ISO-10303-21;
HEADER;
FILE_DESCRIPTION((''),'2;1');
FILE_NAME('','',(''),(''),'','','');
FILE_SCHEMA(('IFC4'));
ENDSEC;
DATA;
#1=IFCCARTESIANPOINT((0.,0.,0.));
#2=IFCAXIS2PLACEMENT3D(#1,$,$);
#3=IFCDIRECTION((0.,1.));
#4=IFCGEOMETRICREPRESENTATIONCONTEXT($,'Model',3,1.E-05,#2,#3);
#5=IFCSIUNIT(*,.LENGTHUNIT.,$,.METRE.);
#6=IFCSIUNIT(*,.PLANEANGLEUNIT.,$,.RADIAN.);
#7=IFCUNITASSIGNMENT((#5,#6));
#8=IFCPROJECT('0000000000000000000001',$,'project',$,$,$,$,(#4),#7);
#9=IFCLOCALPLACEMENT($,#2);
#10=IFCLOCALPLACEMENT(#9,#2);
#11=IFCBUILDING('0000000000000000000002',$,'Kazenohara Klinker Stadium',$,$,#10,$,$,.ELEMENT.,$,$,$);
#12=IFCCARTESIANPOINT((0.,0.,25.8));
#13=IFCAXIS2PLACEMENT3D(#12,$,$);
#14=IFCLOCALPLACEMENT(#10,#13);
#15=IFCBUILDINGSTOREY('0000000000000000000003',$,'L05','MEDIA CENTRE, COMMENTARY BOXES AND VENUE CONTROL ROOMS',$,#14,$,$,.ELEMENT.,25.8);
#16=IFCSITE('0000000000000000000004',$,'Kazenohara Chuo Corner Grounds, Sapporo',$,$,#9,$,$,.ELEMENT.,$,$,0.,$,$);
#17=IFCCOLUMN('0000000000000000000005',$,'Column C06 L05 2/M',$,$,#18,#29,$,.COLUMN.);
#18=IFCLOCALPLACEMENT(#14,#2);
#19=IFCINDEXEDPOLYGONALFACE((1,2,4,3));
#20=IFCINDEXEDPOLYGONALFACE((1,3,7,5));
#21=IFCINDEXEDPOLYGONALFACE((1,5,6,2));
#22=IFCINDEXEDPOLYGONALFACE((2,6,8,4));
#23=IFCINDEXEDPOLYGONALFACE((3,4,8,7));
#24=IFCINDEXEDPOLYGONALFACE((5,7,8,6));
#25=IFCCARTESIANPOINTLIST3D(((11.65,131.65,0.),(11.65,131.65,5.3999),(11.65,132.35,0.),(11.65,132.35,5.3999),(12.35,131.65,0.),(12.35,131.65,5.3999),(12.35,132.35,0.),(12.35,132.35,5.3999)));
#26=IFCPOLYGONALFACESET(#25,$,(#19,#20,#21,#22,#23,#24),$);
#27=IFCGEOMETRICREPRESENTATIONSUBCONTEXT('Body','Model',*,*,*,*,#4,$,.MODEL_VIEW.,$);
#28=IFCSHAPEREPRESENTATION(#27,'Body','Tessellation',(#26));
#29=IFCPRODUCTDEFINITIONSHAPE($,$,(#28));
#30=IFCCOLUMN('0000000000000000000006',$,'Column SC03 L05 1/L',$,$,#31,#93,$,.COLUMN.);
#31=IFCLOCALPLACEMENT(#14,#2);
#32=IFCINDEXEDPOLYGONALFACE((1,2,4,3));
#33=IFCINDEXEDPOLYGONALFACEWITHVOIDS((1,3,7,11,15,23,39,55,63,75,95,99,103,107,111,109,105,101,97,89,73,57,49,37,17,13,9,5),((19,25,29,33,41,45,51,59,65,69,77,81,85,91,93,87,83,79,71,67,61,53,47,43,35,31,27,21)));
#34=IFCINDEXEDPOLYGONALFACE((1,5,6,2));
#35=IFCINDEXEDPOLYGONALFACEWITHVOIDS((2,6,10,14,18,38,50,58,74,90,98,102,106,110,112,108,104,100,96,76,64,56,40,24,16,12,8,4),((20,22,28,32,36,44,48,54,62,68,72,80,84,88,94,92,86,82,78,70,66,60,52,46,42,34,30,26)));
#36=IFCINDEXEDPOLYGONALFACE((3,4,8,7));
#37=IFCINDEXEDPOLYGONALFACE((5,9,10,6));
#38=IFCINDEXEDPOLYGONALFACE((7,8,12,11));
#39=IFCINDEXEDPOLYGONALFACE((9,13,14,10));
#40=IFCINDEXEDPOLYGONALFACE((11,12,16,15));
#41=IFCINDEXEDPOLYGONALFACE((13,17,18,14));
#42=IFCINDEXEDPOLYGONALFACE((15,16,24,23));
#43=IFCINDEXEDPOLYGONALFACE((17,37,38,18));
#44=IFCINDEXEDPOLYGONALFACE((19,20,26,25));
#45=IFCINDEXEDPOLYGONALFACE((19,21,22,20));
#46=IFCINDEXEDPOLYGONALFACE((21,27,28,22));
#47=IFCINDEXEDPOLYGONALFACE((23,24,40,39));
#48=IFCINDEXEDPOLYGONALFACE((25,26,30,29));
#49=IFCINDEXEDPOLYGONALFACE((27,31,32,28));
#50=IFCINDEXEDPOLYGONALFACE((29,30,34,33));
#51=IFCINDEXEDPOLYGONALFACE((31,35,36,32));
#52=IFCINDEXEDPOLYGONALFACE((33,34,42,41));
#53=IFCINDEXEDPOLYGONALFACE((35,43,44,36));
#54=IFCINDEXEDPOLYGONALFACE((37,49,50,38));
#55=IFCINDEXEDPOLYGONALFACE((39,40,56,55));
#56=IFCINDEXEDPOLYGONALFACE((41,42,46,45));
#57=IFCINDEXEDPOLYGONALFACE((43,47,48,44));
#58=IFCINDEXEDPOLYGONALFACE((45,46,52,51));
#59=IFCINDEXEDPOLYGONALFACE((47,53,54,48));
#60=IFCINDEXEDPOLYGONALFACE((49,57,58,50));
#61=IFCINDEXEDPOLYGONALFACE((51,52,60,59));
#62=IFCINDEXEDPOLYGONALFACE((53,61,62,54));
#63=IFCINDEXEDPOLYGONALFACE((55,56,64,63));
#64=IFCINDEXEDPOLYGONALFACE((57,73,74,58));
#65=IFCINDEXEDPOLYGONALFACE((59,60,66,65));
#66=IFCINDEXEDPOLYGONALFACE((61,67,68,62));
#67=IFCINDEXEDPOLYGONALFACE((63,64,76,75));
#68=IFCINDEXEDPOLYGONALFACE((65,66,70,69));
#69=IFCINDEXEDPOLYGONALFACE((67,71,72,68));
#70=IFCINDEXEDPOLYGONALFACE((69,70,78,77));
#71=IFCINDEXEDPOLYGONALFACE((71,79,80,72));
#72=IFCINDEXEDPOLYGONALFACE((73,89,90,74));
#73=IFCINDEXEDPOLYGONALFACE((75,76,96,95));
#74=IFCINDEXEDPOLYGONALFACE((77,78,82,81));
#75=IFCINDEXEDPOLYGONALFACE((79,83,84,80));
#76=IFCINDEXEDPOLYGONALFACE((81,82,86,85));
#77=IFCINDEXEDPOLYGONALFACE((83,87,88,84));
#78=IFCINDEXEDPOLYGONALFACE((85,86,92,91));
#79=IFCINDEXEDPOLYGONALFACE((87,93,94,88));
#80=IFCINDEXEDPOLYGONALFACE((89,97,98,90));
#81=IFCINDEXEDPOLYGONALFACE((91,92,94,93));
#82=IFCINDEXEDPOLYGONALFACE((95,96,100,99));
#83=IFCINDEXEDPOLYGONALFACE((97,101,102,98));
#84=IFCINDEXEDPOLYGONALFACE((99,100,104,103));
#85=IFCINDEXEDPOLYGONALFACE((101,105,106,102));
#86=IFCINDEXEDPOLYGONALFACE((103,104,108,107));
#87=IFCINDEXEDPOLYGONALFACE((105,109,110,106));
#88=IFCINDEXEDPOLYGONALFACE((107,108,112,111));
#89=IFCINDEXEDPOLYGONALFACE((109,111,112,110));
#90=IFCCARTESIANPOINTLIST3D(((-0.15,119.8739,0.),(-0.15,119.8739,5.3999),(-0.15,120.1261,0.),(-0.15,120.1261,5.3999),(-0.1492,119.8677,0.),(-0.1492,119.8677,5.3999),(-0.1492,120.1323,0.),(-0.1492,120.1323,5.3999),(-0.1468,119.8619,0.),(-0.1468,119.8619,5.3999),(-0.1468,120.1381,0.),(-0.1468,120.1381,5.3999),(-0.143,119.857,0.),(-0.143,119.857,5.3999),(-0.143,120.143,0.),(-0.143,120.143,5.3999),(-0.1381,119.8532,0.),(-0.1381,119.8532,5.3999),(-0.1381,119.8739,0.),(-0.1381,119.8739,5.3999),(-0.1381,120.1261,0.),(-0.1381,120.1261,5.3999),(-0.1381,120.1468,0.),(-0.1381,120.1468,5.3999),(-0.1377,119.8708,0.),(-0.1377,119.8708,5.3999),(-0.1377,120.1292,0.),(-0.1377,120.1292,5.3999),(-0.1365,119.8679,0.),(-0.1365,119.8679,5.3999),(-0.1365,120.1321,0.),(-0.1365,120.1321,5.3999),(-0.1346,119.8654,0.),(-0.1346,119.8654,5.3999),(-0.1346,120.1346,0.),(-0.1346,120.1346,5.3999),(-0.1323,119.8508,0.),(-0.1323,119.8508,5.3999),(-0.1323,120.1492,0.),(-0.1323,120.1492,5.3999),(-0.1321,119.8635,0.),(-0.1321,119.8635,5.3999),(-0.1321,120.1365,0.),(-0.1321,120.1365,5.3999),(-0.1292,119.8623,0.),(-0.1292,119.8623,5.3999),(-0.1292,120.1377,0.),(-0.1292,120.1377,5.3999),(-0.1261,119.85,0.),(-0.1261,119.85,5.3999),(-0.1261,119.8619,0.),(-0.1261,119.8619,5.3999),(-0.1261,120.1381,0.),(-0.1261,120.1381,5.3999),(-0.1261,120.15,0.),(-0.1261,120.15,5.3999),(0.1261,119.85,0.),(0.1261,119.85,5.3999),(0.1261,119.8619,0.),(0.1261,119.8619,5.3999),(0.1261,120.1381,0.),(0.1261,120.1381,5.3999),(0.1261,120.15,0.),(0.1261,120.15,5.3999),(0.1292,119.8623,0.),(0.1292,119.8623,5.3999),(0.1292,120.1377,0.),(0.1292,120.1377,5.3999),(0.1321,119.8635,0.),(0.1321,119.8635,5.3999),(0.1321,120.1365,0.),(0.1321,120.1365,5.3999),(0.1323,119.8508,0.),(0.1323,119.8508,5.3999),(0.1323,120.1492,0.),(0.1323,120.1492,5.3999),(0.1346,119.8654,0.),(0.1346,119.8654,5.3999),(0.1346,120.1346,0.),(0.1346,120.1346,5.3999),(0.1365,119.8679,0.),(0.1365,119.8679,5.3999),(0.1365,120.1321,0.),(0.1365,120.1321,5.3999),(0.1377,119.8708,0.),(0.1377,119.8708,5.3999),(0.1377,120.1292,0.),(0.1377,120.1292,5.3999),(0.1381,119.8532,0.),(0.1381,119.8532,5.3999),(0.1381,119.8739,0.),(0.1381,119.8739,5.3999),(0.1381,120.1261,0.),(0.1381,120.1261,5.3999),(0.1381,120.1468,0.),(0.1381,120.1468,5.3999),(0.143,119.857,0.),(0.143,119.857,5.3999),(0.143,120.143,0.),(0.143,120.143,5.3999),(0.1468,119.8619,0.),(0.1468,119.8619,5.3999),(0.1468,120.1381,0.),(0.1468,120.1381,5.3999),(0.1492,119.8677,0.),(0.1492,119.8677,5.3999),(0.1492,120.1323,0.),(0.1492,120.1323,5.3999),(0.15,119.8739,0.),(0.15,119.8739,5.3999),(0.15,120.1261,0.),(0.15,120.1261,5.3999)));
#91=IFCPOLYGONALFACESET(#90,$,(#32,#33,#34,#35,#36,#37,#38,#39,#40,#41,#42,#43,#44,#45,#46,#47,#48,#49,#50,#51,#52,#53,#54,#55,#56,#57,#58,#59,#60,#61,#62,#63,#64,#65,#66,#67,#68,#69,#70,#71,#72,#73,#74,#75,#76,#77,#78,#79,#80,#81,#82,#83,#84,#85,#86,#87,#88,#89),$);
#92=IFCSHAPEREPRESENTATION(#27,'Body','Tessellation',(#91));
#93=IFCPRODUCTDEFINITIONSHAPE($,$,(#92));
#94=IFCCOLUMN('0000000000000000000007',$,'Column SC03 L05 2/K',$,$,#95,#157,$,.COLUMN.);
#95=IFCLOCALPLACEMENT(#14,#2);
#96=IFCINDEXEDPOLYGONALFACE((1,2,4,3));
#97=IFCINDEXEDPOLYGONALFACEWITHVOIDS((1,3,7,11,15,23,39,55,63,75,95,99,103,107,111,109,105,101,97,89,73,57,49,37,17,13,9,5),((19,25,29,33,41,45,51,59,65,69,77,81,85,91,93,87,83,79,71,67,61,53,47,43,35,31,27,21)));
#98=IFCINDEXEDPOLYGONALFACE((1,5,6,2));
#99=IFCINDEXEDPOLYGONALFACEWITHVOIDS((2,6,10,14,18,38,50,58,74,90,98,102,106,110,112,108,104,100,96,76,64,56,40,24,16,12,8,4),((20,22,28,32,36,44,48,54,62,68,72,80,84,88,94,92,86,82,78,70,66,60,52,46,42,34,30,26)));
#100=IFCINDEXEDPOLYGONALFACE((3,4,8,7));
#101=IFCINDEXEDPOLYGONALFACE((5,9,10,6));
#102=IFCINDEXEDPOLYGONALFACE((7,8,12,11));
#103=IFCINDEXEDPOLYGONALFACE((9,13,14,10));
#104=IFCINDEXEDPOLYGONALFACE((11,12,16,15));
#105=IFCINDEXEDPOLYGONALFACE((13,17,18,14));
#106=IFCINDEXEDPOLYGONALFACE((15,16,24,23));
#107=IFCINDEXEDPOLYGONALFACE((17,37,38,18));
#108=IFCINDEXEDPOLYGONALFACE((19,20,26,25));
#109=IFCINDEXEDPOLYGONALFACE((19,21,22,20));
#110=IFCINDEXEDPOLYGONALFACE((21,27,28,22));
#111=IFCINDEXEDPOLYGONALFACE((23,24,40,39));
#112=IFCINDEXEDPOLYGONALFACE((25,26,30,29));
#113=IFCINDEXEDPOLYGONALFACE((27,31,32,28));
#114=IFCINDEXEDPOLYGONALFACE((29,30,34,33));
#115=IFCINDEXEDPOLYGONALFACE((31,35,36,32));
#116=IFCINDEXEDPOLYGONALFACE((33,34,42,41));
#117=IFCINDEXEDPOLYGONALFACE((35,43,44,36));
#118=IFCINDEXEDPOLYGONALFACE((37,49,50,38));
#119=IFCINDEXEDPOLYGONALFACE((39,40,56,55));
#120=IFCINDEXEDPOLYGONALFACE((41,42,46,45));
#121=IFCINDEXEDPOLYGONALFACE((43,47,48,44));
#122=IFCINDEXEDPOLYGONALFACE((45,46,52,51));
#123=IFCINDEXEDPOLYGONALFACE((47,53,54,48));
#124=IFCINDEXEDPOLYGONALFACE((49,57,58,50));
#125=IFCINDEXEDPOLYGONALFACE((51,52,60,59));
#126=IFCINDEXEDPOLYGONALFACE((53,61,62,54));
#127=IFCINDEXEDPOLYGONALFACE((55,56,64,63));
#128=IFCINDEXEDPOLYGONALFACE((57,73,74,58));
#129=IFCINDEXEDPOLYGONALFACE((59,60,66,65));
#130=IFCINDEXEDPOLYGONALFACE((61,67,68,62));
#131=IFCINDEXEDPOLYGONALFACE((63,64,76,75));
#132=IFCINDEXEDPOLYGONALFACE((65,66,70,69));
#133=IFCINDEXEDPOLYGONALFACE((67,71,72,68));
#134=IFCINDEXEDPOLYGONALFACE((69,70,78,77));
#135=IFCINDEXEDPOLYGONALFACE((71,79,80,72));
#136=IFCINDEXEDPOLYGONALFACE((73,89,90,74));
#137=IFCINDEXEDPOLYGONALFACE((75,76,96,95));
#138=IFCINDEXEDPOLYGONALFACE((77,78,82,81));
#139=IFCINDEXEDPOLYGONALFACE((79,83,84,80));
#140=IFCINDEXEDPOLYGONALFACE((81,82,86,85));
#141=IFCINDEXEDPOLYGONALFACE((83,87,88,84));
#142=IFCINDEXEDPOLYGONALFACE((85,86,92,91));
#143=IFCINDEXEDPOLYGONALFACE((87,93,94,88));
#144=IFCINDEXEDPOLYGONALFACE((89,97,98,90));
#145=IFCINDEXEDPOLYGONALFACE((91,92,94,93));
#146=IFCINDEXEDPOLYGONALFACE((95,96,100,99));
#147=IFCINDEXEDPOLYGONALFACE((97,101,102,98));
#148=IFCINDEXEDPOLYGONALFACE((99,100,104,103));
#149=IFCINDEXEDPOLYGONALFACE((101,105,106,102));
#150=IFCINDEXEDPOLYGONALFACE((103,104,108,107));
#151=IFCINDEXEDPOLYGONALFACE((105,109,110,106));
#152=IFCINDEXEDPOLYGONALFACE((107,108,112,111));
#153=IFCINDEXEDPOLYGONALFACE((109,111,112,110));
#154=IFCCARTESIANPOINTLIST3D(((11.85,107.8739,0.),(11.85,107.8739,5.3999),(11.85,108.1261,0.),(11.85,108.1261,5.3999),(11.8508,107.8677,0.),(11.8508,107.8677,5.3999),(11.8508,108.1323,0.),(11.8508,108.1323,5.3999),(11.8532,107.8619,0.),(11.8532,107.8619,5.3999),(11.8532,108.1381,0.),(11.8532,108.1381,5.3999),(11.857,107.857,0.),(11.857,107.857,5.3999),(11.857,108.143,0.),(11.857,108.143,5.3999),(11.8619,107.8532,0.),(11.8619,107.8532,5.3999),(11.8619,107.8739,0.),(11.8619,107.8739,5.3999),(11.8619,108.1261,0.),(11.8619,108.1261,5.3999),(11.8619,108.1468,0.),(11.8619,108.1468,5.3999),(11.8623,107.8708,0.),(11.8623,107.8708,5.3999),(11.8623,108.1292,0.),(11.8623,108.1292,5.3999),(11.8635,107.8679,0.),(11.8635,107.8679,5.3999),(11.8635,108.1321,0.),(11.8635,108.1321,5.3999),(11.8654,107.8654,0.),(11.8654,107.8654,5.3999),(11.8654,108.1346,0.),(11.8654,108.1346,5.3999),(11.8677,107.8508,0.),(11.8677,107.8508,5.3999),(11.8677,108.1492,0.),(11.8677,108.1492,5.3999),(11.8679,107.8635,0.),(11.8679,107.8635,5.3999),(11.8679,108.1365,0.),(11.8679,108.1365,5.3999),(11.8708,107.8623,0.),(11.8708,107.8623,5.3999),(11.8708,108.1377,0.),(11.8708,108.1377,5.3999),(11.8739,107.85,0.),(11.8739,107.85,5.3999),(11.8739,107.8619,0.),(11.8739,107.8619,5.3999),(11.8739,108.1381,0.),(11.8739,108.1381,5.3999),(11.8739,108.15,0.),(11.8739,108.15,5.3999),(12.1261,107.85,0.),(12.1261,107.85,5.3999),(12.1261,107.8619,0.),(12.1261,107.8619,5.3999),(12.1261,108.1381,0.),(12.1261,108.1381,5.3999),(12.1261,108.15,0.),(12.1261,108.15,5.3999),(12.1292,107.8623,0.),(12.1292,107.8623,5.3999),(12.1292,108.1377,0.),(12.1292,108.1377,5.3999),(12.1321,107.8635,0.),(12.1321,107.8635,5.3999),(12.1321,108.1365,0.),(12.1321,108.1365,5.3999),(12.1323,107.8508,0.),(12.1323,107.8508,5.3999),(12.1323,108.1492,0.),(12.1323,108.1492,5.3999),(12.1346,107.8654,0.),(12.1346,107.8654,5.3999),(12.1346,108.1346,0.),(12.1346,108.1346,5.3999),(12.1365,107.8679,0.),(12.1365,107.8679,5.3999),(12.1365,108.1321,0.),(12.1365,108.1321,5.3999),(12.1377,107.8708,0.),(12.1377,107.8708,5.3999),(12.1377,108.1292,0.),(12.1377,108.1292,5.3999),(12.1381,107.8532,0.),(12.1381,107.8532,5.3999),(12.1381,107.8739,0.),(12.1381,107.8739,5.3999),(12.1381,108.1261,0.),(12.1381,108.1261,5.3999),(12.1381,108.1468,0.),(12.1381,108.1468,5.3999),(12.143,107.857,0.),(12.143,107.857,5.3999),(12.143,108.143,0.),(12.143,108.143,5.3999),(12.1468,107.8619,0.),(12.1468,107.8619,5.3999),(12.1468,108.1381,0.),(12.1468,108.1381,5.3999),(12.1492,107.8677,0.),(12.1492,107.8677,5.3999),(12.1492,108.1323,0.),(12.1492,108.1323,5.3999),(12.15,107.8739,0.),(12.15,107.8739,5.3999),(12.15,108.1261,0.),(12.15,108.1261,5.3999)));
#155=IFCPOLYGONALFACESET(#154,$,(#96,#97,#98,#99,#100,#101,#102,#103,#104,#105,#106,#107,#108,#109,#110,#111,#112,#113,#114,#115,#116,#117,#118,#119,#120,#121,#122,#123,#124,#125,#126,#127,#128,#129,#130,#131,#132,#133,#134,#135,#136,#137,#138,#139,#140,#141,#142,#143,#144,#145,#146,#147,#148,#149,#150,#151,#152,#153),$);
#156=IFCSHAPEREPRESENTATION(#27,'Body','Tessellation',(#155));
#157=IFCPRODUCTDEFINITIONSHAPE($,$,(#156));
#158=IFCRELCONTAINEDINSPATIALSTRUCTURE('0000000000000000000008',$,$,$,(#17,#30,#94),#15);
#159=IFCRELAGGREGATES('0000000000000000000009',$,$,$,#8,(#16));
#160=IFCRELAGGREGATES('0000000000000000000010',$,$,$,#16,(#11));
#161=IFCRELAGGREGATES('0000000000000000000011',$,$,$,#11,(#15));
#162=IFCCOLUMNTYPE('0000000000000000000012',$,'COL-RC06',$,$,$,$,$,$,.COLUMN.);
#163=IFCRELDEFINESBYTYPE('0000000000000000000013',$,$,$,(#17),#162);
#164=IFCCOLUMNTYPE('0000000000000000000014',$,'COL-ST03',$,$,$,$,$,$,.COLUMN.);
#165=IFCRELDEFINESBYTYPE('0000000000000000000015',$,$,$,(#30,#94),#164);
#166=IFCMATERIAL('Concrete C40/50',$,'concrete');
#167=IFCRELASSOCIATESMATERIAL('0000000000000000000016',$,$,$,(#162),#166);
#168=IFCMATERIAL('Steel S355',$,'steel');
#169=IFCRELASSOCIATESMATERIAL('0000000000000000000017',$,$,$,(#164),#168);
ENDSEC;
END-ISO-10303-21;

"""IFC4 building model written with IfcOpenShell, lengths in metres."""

from ifc_helpers import new_model, si_unit, direction, frame, origin, origin_2d, place, context, subcontext, project, spatial, rectangle, hollow_rectangle, extrude, material, material_profile, profile_set, type_object, element, save


model = new_model("IFC4")

# Units and contexts
model_context = context("Model", 3, precision=1e-05, world=origin(), true_north=direction((0.0, 1.0)))
body_context = subcontext(model_context, "Body", "Model", "MODEL_VIEW")
ifc_project = project(units=[si_unit("LENGTHUNIT", "METRE"), si_unit("PLANEANGLEUNIT", "RADIAN")], contexts=[model_context])

# Site, building, storey
site_placement = place(None, origin())
site = spatial("IfcSite", under=ifc_project, at=site_placement, Name="Kazenohara Chuo Corner Grounds, Sapporo", CompositionType="ELEMENT", RefElevation=0.0)
building_placement = place(site_placement, origin())
building = spatial("IfcBuilding", under=site, at=building_placement, Name="Kazenohara Klinker Stadium", CompositionType="ELEMENT")
storey_placement = place(building_placement, frame((0.0, 0.0, 25.8)))
storey = spatial("IfcBuildingStorey", under=building, at=storey_placement, Name="L05", Description="MEDIA CENTRE, COMMENTARY BOXES AND VENUE CONTROL ROOMS", CompositionType="ELEMENT", Elevation=25.8)

# Columns
ifc_material_1 = material(Name="Concrete C40/50", Category="concrete")
ifc_material_profile_1 = material_profile(ifc_material_1, rectangle(XDim=0.7, YDim=0.7, at=origin_2d()), Name="RC-COL-700x700")
ifc_profile_set_1 = profile_set([ifc_material_profile_1], Name="Concrete C40/50")
column_type_1 = type_object("IfcColumnType", Name="COL-RC06", PredefinedType="COLUMN", material=ifc_profile_set_1)
column_placement = place(storey_placement, frame((12.0, 132.0, 0.0), z_axis=(0.0, 0.0, 1.0), x_axis=(1.0, 0.0, 0.0)))
element("IfcColumn", 1, at=column_placement, inside=storey, type_object=column_type_1, Name="Column C06 L05 2/M", PredefinedType="COLUMN", context=body_context, shape_type="SweptSolid", body=[
    extrude(rectangle(XDim=0.7, YDim=0.7, at=origin_2d()), origin(), (0.0, 0.0, 1.0), 5.3999),
])
ifc_material_2 = material(Name="Steel S355", Category="steel")
ifc_material_profile_2 = material_profile(ifc_material_2, hollow_rectangle(XDim=0.3, YDim=0.3, WallThickness=0.012, InnerFilletRadius=0.012, OuterFilletRadius=0.0239, at=origin_2d()), Name="SHS-300x300x12")
ifc_profile_set_2 = profile_set([ifc_material_profile_2], Name="Steel S355")
column_type_2 = type_object("IfcColumnType", Name="COL-ST03", PredefinedType="COLUMN", material=ifc_profile_set_2)
for number, where, z_axis, x_axis, name in (
    (2, (0.0, 120.0, 0.0), (0.0, 0.0, 1.0), (1.0, 0.0, 0.0), "Column SC03 L05 1/L"),
    (3, (12.0, 108.0, 0.0), (0.0, 0.0, 1.0), (1.0, 0.0, 0.0), "Column SC03 L05 2/K"),
):
    element("IfcColumn", number, at=place(storey_placement, frame(where, z_axis=z_axis, x_axis=x_axis)), inside=storey, type_object=column_type_2, Name=name, PredefinedType="COLUMN", context=body_context, shape_type="SweptSolid", body=[
        extrude(hollow_rectangle(XDim=0.3, YDim=0.3, WallThickness=0.012, InnerFilletRadius=0.012, OuterFilletRadius=0.0239, at=origin_2d()), origin(), (0.0, 0.0, 1.0), 5.3999),
    ])

save(model, "model.ifc")
